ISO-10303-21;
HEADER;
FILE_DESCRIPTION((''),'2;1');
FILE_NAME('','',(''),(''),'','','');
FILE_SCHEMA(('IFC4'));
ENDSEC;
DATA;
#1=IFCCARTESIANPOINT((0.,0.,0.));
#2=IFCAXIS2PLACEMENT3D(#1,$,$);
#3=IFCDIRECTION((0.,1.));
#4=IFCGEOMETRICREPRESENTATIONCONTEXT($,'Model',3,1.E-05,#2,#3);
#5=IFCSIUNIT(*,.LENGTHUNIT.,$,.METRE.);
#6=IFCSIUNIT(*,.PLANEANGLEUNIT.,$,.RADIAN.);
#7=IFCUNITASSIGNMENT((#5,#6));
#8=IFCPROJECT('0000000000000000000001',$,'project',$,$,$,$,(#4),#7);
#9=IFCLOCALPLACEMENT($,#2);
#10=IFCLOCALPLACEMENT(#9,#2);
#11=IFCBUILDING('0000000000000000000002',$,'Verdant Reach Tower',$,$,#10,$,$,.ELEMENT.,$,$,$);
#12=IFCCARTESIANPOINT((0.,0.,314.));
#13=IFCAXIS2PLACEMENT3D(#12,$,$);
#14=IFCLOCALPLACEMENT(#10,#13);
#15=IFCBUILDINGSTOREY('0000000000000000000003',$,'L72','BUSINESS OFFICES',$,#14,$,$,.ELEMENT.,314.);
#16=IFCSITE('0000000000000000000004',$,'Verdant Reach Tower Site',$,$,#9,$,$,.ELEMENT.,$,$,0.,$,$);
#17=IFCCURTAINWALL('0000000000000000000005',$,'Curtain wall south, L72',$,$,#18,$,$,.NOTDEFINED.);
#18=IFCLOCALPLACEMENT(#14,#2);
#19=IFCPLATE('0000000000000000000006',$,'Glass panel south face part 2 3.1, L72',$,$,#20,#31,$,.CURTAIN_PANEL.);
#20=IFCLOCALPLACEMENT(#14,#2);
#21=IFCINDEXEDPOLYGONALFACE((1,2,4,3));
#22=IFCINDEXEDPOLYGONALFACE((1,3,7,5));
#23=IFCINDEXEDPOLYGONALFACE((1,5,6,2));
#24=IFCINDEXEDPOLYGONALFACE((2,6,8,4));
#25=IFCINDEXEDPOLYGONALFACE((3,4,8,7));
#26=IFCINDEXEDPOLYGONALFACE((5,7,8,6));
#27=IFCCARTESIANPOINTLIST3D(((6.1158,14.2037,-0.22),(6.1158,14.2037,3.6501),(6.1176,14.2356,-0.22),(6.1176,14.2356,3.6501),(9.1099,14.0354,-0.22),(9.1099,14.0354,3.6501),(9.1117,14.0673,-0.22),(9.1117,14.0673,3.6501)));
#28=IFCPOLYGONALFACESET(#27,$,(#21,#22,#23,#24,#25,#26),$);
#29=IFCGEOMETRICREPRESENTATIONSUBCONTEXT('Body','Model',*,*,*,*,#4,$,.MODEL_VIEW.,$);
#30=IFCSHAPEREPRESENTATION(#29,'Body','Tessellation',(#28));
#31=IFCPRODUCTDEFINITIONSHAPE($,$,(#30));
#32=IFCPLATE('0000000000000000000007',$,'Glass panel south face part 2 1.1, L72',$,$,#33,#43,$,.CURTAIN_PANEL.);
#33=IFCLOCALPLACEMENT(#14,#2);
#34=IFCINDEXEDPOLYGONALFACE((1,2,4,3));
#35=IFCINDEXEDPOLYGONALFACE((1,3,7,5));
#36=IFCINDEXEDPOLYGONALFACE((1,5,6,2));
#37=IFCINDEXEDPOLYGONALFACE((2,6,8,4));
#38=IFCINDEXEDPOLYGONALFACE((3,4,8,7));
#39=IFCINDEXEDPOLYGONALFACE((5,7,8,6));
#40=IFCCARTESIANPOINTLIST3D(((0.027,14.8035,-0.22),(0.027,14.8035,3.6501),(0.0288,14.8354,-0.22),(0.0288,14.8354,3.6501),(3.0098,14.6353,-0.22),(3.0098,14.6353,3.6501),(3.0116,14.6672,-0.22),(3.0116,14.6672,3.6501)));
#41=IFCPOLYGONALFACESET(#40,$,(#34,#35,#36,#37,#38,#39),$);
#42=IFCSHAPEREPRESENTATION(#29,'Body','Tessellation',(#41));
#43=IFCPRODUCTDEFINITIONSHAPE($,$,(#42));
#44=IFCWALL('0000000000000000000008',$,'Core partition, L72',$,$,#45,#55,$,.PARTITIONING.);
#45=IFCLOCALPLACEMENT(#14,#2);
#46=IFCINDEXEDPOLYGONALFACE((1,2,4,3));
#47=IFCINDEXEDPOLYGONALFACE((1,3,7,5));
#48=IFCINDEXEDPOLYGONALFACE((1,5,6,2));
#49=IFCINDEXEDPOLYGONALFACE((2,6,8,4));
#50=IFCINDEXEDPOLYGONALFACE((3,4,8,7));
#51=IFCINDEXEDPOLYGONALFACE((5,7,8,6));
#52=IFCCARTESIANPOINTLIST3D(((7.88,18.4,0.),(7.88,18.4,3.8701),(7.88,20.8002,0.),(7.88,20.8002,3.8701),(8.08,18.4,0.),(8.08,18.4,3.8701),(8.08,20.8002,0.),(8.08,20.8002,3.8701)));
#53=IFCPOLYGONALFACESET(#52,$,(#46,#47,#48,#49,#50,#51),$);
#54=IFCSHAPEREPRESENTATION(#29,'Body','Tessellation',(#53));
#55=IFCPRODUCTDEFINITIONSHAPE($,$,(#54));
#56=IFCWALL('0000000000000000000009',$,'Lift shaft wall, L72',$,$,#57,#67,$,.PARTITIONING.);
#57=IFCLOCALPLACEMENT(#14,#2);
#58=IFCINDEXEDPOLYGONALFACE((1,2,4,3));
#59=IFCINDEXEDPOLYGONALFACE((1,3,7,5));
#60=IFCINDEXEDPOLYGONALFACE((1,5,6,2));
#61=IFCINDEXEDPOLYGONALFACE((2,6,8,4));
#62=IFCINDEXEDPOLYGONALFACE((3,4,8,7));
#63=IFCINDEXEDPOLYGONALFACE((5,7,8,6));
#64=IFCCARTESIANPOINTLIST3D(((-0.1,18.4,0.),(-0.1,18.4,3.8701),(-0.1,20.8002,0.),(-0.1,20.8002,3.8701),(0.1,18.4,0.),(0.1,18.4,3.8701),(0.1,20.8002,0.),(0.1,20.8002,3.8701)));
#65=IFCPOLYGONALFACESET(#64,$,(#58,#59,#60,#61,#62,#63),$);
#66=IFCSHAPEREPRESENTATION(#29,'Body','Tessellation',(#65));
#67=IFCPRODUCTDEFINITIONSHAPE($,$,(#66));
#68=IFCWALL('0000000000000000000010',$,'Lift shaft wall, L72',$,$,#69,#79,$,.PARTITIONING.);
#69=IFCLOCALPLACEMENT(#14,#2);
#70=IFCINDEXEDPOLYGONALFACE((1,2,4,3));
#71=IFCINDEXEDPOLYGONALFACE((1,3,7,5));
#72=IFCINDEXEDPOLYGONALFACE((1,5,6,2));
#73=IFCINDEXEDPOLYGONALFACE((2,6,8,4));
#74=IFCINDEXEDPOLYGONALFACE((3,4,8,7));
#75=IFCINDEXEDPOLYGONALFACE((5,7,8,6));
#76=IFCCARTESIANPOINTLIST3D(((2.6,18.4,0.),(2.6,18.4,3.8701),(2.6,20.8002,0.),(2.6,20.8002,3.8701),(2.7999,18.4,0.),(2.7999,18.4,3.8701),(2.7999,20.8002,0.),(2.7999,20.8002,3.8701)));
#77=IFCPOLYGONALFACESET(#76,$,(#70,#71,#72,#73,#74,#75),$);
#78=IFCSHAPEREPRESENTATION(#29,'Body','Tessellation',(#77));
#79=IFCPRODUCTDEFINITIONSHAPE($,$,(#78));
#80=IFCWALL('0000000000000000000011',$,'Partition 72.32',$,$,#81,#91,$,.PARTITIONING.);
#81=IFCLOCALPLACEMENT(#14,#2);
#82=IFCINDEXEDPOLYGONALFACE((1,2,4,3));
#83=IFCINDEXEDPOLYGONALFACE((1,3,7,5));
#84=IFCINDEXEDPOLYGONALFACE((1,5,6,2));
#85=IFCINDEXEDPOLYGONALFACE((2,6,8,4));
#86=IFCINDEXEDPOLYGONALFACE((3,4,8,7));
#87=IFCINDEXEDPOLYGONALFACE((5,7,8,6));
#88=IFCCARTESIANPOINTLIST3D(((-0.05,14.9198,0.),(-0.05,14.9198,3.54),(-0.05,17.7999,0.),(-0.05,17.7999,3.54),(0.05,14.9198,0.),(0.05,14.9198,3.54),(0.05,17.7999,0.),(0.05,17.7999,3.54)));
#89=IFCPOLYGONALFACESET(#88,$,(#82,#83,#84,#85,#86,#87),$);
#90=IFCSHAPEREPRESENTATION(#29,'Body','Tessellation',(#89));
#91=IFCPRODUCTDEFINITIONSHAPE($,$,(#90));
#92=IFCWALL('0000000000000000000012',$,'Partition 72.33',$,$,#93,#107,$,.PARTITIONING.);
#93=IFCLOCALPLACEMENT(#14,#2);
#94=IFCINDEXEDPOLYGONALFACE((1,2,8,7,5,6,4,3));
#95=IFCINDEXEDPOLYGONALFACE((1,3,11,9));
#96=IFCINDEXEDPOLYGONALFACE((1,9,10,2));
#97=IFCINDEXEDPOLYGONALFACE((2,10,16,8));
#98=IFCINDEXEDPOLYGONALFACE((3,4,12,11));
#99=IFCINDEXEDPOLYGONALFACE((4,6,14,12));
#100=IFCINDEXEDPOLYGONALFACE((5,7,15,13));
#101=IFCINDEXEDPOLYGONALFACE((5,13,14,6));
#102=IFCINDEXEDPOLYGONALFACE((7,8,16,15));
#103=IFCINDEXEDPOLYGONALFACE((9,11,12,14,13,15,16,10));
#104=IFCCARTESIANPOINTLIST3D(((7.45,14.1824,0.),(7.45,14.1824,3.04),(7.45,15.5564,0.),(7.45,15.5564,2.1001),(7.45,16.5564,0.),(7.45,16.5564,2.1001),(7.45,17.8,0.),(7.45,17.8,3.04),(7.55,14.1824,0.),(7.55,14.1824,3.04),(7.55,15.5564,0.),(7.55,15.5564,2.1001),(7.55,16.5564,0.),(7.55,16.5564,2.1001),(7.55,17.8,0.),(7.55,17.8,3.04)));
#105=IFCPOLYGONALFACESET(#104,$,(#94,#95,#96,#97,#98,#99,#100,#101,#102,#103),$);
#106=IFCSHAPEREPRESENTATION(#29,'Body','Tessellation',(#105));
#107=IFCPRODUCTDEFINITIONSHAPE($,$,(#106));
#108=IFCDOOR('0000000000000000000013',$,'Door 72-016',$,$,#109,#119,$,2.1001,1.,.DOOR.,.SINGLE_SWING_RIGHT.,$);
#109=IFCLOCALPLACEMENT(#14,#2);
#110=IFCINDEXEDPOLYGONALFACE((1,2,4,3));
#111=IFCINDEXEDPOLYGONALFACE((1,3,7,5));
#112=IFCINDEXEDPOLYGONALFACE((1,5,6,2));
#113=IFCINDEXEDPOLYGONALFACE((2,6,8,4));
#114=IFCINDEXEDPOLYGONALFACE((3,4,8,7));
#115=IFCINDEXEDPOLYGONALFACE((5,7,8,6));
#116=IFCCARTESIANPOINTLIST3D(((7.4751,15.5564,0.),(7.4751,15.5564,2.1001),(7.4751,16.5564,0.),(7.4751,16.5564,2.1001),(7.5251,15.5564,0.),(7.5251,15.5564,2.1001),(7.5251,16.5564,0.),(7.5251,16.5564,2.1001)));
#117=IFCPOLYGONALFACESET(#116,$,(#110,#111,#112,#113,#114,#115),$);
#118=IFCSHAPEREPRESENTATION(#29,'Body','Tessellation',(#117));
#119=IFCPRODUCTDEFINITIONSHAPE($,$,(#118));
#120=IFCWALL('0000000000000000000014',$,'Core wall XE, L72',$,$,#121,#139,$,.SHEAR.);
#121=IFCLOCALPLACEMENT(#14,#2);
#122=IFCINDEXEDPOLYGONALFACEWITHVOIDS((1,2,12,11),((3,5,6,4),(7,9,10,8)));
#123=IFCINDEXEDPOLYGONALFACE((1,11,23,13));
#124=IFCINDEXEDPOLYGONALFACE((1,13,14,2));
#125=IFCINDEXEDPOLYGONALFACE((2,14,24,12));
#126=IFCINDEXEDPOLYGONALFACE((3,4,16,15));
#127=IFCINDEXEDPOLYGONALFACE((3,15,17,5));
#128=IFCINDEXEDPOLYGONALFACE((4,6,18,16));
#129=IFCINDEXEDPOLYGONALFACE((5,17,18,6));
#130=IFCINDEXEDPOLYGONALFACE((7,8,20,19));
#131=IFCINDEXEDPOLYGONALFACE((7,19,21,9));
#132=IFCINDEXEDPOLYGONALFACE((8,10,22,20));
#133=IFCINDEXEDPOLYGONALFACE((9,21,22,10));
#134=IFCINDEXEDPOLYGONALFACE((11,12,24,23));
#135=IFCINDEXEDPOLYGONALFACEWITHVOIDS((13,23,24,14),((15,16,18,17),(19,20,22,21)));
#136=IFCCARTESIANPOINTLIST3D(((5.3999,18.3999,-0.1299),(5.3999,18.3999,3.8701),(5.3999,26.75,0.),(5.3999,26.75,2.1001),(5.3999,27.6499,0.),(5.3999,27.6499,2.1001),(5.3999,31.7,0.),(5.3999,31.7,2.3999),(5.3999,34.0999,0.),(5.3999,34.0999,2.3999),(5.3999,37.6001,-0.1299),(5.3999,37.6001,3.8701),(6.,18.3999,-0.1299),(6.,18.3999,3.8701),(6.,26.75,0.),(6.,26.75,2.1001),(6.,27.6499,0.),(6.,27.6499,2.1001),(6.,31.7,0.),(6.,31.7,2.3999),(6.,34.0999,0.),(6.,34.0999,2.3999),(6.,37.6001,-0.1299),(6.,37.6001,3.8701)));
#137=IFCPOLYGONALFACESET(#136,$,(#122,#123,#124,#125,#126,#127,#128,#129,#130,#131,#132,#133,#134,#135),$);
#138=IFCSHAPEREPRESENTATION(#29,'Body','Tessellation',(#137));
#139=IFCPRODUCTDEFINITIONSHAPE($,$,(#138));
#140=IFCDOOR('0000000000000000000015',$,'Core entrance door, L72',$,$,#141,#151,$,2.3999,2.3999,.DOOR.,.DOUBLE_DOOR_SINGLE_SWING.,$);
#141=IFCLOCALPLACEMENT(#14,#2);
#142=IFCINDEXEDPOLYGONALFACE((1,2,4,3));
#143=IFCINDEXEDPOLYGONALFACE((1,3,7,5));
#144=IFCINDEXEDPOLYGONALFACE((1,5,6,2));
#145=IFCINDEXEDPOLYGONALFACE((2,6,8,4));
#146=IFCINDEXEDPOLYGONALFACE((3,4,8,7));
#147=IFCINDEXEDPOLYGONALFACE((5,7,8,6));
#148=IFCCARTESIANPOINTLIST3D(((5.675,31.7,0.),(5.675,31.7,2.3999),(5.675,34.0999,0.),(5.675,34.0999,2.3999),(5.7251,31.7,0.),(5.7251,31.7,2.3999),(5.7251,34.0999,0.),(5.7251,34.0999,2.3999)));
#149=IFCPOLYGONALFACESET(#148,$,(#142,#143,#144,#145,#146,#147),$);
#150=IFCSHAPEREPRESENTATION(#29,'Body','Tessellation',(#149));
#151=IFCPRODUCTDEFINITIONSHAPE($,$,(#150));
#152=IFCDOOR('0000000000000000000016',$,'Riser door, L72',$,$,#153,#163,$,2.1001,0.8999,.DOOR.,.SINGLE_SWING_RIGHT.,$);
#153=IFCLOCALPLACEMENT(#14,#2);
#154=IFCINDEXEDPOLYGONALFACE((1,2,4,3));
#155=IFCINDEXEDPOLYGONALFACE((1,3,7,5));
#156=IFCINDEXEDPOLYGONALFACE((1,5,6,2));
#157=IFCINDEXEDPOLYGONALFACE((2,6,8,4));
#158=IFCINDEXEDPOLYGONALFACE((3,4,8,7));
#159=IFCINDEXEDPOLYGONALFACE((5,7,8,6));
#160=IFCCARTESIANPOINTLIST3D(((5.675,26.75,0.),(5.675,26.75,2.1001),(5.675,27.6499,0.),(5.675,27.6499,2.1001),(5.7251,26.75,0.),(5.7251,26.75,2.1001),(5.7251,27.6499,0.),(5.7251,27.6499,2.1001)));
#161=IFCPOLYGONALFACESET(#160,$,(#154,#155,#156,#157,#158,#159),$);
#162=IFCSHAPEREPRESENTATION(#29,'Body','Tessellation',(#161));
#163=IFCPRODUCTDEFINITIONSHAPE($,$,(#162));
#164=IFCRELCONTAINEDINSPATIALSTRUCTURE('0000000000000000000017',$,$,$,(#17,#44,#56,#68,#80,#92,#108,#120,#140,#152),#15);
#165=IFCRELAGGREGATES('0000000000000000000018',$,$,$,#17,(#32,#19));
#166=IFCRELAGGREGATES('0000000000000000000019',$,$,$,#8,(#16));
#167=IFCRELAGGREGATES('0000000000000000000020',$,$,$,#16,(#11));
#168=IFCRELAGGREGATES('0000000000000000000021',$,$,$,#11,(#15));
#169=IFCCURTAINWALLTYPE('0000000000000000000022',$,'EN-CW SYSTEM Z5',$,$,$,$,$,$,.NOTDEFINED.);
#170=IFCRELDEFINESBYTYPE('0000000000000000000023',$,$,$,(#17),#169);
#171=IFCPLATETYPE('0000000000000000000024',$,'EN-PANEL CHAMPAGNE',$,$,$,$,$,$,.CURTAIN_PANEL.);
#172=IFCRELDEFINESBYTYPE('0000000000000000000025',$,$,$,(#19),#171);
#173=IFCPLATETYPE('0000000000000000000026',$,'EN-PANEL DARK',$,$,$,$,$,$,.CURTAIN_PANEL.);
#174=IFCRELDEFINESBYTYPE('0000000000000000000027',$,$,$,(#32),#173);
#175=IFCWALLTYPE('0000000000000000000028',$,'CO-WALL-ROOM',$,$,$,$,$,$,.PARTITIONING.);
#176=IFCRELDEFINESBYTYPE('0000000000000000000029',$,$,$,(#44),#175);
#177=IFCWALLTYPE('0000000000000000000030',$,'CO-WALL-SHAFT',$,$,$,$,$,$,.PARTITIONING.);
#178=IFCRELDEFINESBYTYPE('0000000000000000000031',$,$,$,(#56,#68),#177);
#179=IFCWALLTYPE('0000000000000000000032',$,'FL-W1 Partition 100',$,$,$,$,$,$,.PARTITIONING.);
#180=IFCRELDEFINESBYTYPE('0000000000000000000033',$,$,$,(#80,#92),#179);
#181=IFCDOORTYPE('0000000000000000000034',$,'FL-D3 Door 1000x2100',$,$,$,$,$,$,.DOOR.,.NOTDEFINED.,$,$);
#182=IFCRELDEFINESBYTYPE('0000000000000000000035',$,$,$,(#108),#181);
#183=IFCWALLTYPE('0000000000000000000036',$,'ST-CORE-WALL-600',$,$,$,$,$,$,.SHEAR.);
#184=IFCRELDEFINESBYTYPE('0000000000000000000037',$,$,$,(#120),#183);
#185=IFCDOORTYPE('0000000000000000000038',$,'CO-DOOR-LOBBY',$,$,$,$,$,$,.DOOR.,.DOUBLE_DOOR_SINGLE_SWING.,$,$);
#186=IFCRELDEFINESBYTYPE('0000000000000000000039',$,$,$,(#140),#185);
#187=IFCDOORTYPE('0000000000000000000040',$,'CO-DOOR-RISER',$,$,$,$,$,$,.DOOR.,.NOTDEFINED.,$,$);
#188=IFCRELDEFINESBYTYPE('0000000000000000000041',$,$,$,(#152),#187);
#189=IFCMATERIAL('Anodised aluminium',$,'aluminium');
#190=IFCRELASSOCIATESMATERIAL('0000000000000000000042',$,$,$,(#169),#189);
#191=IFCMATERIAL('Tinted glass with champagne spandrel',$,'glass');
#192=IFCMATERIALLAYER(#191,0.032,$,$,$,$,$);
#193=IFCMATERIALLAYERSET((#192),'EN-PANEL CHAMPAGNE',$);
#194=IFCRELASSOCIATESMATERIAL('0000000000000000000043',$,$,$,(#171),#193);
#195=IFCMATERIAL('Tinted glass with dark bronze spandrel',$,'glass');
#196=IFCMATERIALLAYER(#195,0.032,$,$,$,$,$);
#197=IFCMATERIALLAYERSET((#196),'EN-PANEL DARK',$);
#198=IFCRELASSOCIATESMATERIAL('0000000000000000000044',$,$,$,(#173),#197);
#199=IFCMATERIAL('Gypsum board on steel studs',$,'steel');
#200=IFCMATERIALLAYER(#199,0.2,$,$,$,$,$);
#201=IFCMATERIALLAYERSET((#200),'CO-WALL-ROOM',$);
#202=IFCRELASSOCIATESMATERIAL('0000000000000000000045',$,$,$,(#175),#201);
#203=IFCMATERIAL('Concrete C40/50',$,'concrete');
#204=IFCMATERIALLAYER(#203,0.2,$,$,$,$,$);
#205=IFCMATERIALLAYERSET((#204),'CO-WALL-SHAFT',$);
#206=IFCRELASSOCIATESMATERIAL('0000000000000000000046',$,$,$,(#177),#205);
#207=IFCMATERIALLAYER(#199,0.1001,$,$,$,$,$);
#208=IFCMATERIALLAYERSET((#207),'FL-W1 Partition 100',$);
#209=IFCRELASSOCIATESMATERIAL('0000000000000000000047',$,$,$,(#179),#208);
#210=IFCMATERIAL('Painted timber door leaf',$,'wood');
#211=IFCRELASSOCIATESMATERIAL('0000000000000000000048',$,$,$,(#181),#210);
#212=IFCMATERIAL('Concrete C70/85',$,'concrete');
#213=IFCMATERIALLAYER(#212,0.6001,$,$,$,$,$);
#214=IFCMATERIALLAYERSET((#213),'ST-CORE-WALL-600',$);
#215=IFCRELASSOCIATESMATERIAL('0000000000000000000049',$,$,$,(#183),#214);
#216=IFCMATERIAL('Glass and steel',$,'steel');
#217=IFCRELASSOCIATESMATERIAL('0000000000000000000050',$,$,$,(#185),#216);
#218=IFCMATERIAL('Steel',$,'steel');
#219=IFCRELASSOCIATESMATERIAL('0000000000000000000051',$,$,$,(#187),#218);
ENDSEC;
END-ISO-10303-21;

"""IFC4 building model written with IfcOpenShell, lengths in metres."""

from ifc_helpers import new_model, si_unit, direction, frame, frame_2d, origin, origin_2d, place, context, subcontext, project, spatial, rectangle, extrude, material, layer, layer_set, type_object, element, fill, aggregate, save


model = new_model("IFC4")

# Units and contexts
model_context = context("Model", 3, precision=1e-05, world=origin(), true_north=direction((0.0, 1.0)))
body_context = subcontext(model_context, "Body", "Model", "MODEL_VIEW")
ifc_project = project(units=[si_unit("LENGTHUNIT", "METRE"), si_unit("PLANEANGLEUNIT", "RADIAN")], contexts=[model_context])

# Site, building, storey
site_placement = place(None, origin())
site = spatial("IfcSite", under=ifc_project, at=site_placement, Name="Verdant Reach Tower Site", CompositionType="ELEMENT", RefElevation=0.0)
building_placement = place(site_placement, origin())
building = spatial("IfcBuilding", under=site, at=building_placement, Name="Verdant Reach Tower", CompositionType="ELEMENT")
storey_placement = place(building_placement, frame((0.0, 0.0, 314.0)))
storey = spatial("IfcBuildingStorey", under=building, at=storey_placement, Name="L72", Description="BUSINESS OFFICES", CompositionType="ELEMENT", Elevation=314.0)

# Curtain wall
ifc_material_1 = material(Name="Anodised aluminium", Category="aluminium")
curtain_wall_type = type_object("IfcCurtainWallType", Name="EN-CW SYSTEM Z5", PredefinedType="NOTDEFINED", material=ifc_material_1)
curtain_wall_placement = place(storey_placement, origin())
curtain_wall = element("IfcCurtainWall", 1, at=curtain_wall_placement, inside=storey, type_object=curtain_wall_type, Name="Curtain wall south, L72", PredefinedType="NOTDEFINED")

# Shared definitions
ifc_material_2 = material(Name="Concrete C40/50", Category="concrete")

# Plates
ifc_material_3 = material(Name="Tinted glass with champagne spandrel", Category="glass")
ifc_layer_1 = layer(ifc_material_3, 0.032)
ifc_layer_set_1 = layer_set([ifc_layer_1], Name="EN-PANEL CHAMPAGNE")
plate_type_1 = type_object("IfcPlateType", Name="EN-PANEL CHAMPAGNE", PredefinedType="CURTAIN_PANEL", material=ifc_layer_set_1)
plate_1_placement = place(storey_placement, frame((7.6138, 14.1355, -0.22), z_axis=(0.0, 0.0, 1.0), x_axis=(0.998424, -0.056128, 0.0)))
plate_1 = element("IfcPlate", 2, at=plate_1_placement, type_object=plate_type_1, Name="Glass panel south face part 2 3.1, L72", PredefinedType="CURTAIN_PANEL", context=body_context, shape_type="SweptSolid", body=[
    extrude(rectangle(XDim=2.9988, YDim=0.032, at=origin_2d()), origin(), (0.0, 0.0, 1.0), 3.8701),
])
ifc_material_4 = material(Name="Tinted glass with dark bronze spandrel", Category="glass")
ifc_layer_2 = layer(ifc_material_4, 0.032)
ifc_layer_set_2 = layer_set([ifc_layer_2], Name="EN-PANEL DARK")
plate_type_2 = type_object("IfcPlateType", Name="EN-PANEL DARK", PredefinedType="CURTAIN_PANEL", material=ifc_layer_set_2)
plate_2_placement = place(storey_placement, frame((1.5193, 14.7354, -0.22), z_axis=(0.0, 0.0, 1.0), x_axis=(0.998413, -0.056308, 0.0)))
plate_2 = element("IfcPlate", 3, at=plate_2_placement, type_object=plate_type_2, Name="Glass panel south face part 2 1.1, L72", PredefinedType="CURTAIN_PANEL", context=body_context, shape_type="SweptSolid", body=[
    extrude(rectangle(XDim=2.9875, YDim=0.032, at=origin_2d()), origin(), (0.0, 0.0, 1.0), 3.8701),
])
aggregate(curtain_wall, [plate_2, plate_1])

# Walls
ifc_material_5 = material(Name="Gypsum board on steel studs", Category="steel")
ifc_layer_3 = layer(ifc_material_5, 0.2)
ifc_layer_set_3 = layer_set([ifc_layer_3], Name="CO-WALL-ROOM")
wall_type_1 = type_object("IfcWallType", Name="CO-WALL-ROOM", PredefinedType="PARTITIONING", material=ifc_layer_set_3)
wall_1_placement = place(storey_placement, frame((7.98, 18.3999, 0.0), z_axis=(0.0, 0.0, 1.0), x_axis=(0.0, 1.0, 0.0)))
element("IfcWall", 4, at=wall_1_placement, inside=storey, type_object=wall_type_1, Name="Core partition, L72", PredefinedType="PARTITIONING", context=body_context, shape_type="SweptSolid", body=[
    extrude(rectangle(XDim=2.4001, YDim=0.2, at=frame_2d((1.2002, 0.0))), origin(), (0.0, 0.0, 1.0), 3.8701),
])
ifc_layer_4 = layer(ifc_material_2, 0.2)
ifc_layer_set_4 = layer_set([ifc_layer_4], Name="CO-WALL-SHAFT")
wall_type_2 = type_object("IfcWallType", Name="CO-WALL-SHAFT", PredefinedType="PARTITIONING", material=ifc_layer_set_4)
for number, where, z_axis, x_axis, name in (
    (5, (0.0, 18.3999, 0.0), (0.0, 0.0, 1.0), (0.0, 1.0, 0.0), "Lift shaft wall, L72"),
    (6, (2.7, 18.3999, 0.0), (0.0, 0.0, 1.0), (0.0, 1.0, 0.0), "Lift shaft wall, L72"),
):
    element("IfcWall", number, at=place(storey_placement, frame(where, z_axis=z_axis, x_axis=x_axis)), inside=storey, type_object=wall_type_2, Name=name, PredefinedType="PARTITIONING", context=body_context, shape_type="SweptSolid", body=[
        extrude(rectangle(XDim=2.4001, YDim=0.2, at=frame_2d((1.2002, 0.0))), origin(), (0.0, 0.0, 1.0), 3.8701),
    ])
ifc_layer_5 = layer(ifc_material_5, 0.1001)
ifc_layer_set_5 = layer_set([ifc_layer_5], Name="FL-W1 Partition 100")
wall_type_3 = type_object("IfcWallType", Name="FL-W1 Partition 100", PredefinedType="PARTITIONING", material=ifc_layer_set_5)
wall_2_placement = place(storey_placement, frame((0.0, 14.9199, 0.0), z_axis=(0.0, 0.0, 1.0), x_axis=(0.0, 1.0, 0.0)))
element("IfcWall", 7, at=wall_2_placement, inside=storey, type_object=wall_type_3, Name="Partition 72.32", PredefinedType="PARTITIONING", context=body_context, shape_type="SweptSolid", body=[
    extrude(rectangle(XDim=2.8801, YDim=0.1001, at=frame_2d((1.4399, 0.0))), origin(), (0.0, 0.0, 1.0), 3.54),
])

# Wall, opening, door
wall_3_placement = place(storey_placement, frame((7.5, 14.1824, 0.0), z_axis=(0.0, 0.0, 1.0), x_axis=(0.0, 1.0, 0.0)))
wall_3 = element("IfcWall", 8, at=wall_3_placement, inside=storey, type_object=wall_type_3, Name="Partition 72.33", PredefinedType="PARTITIONING", context=body_context, shape_type="SweptSolid", body=[
    extrude(rectangle(XDim=3.6177, YDim=0.1001, at=frame_2d((1.8088, 0.0))), origin(), (0.0, 0.0, 1.0), 3.04),
])
opening_1_placement = place(wall_3_placement, frame((1.374, 0.0, 0.0)))
opening_1 = element("IfcOpeningElement", 9, at=opening_1_placement, cuts=wall_3, PredefinedType="OPENING", context=body_context, shape_type="SweptSolid", body=[
    extrude(rectangle(XDim=1.0, YDim=2.1001, at=frame_2d((0.5, 1.05))), frame((0.0, 0.0601, 0.0), z_axis=(0.0, -1.0, 0.0), x_axis=(1.0, 0.0, 0.0)), (0.0, 0.0, 1.0), 0.1201),
])
ifc_material_6 = material(Name="Painted timber door leaf", Category="wood")
door_type_1 = type_object("IfcDoorType", Name="FL-D3 Door 1000x2100", OperationType="NOTDEFINED", PredefinedType="DOOR", material=ifc_material_6)
door_1_placement = place(opening_1_placement, origin())
door_1 = element("IfcDoor", 10, at=door_1_placement, inside=storey, type_object=door_type_1, Name="Door 72-016", OperationType="SINGLE_SWING_RIGHT", OverallHeight=2.1001, OverallWidth=1.0, PredefinedType="DOOR", context=body_context, shape_type="SweptSolid", body=[
    extrude(rectangle(XDim=1.0, YDim=2.1001, at=frame_2d((0.5, 1.05))), frame((0.0, 0.0249, 0.0), z_axis=(0.0, -1.0, 0.0), x_axis=(1.0, 0.0, 0.0)), (0.0, 0.0, 1.0), 0.05),
])
fill(opening_1, door_1)

# Wall, openings, doors
ifc_material_7 = material(Name="Concrete C70/85", Category="concrete")
ifc_layer_6 = layer(ifc_material_7, 0.6001)
ifc_layer_set_6 = layer_set([ifc_layer_6], Name="ST-CORE-WALL-600")
wall_type_4 = type_object("IfcWallType", Name="ST-CORE-WALL-600", PredefinedType="SHEAR", material=ifc_layer_set_6)
wall_4_placement = place(storey_placement, frame((5.7, 18.3999, -0.1299), z_axis=(0.0, 0.0, 1.0), x_axis=(0.0, 1.0, 0.0)))
wall_4 = element("IfcWall", 11, at=wall_4_placement, inside=storey, type_object=wall_type_4, Name="Core wall XE, L72", PredefinedType="SHEAR", context=body_context, shape_type="SweptSolid", body=[
    extrude(rectangle(XDim=19.2002, YDim=0.6001, at=frame_2d((9.6001, 0.0))), origin(), (0.0, 0.0, 1.0), 4.0),
])
opening_2_placement = place(wall_4_placement, frame((8.3501, 0.0, 0.1299)))
opening_2 = element("IfcOpeningElement", 12, at=opening_2_placement, cuts=wall_4, PredefinedType="OPENING", context=body_context, shape_type="SweptSolid", body=[
    extrude(rectangle(XDim=0.8999, YDim=2.1001, at=frame_2d((0.45, 1.05))), frame((0.0, 0.3101, 0.0), z_axis=(0.0, -1.0, 0.0), x_axis=(1.0, 0.0, 0.0)), (0.0, 0.0, 1.0), 0.6201),
])
opening_3_placement = place(wall_4_placement, frame((13.3, 0.0, 0.1299)))
opening_3 = element("IfcOpeningElement", 13, at=opening_3_placement, cuts=wall_4, PredefinedType="OPENING", context=body_context, shape_type="SweptSolid", body=[
    extrude(rectangle(XDim=2.3999, YDim=2.3999, at=frame_2d((1.2, 1.2))), frame((0.0, 0.3101, 0.0), z_axis=(0.0, -1.0, 0.0), x_axis=(1.0, 0.0, 0.0)), (0.0, 0.0, 1.0), 0.6201),
])
ifc_material_8 = material(Name="Glass and steel", Category="steel")
door_type_2 = type_object("IfcDoorType", Name="CO-DOOR-LOBBY", OperationType="DOUBLE_DOOR_SINGLE_SWING", PredefinedType="DOOR", material=ifc_material_8)
door_2_placement = place(opening_3_placement, origin())
door_2 = element("IfcDoor", 14, at=door_2_placement, inside=storey, type_object=door_type_2, Name="Core entrance door, L72", OperationType="DOUBLE_DOOR_SINGLE_SWING", OverallHeight=2.3999, OverallWidth=2.3999, PredefinedType="DOOR", context=body_context, shape_type="SweptSolid", body=[
    extrude(rectangle(XDim=2.3999, YDim=2.3999, at=frame_2d((1.2, 1.2))), frame((0.0, 0.0249, 0.0), z_axis=(0.0, -1.0, 0.0), x_axis=(1.0, 0.0, 0.0)), (0.0, 0.0, 1.0), 0.05),
])
fill(opening_3, door_2)
ifc_material_9 = material(Name="Steel", Category="steel")
door_type_3 = type_object("IfcDoorType", Name="CO-DOOR-RISER", OperationType="NOTDEFINED", PredefinedType="DOOR", material=ifc_material_9)
door_3_placement = place(opening_2_placement, origin())
door_3 = element("IfcDoor", 15, at=door_3_placement, inside=storey, type_object=door_type_3, Name="Riser door, L72", OperationType="SINGLE_SWING_RIGHT", OverallHeight=2.1001, OverallWidth=0.8999, PredefinedType="DOOR", context=body_context, shape_type="SweptSolid", body=[
    extrude(rectangle(XDim=0.8999, YDim=2.1001, at=frame_2d((0.45, 1.05))), frame((0.0, 0.0249, 0.0), z_axis=(0.0, -1.0, 0.0), x_axis=(1.0, 0.0, 0.0)), (0.0, 0.0, 1.0), 0.05),
])
fill(opening_2, door_3)

save(model, "model.ifc")
